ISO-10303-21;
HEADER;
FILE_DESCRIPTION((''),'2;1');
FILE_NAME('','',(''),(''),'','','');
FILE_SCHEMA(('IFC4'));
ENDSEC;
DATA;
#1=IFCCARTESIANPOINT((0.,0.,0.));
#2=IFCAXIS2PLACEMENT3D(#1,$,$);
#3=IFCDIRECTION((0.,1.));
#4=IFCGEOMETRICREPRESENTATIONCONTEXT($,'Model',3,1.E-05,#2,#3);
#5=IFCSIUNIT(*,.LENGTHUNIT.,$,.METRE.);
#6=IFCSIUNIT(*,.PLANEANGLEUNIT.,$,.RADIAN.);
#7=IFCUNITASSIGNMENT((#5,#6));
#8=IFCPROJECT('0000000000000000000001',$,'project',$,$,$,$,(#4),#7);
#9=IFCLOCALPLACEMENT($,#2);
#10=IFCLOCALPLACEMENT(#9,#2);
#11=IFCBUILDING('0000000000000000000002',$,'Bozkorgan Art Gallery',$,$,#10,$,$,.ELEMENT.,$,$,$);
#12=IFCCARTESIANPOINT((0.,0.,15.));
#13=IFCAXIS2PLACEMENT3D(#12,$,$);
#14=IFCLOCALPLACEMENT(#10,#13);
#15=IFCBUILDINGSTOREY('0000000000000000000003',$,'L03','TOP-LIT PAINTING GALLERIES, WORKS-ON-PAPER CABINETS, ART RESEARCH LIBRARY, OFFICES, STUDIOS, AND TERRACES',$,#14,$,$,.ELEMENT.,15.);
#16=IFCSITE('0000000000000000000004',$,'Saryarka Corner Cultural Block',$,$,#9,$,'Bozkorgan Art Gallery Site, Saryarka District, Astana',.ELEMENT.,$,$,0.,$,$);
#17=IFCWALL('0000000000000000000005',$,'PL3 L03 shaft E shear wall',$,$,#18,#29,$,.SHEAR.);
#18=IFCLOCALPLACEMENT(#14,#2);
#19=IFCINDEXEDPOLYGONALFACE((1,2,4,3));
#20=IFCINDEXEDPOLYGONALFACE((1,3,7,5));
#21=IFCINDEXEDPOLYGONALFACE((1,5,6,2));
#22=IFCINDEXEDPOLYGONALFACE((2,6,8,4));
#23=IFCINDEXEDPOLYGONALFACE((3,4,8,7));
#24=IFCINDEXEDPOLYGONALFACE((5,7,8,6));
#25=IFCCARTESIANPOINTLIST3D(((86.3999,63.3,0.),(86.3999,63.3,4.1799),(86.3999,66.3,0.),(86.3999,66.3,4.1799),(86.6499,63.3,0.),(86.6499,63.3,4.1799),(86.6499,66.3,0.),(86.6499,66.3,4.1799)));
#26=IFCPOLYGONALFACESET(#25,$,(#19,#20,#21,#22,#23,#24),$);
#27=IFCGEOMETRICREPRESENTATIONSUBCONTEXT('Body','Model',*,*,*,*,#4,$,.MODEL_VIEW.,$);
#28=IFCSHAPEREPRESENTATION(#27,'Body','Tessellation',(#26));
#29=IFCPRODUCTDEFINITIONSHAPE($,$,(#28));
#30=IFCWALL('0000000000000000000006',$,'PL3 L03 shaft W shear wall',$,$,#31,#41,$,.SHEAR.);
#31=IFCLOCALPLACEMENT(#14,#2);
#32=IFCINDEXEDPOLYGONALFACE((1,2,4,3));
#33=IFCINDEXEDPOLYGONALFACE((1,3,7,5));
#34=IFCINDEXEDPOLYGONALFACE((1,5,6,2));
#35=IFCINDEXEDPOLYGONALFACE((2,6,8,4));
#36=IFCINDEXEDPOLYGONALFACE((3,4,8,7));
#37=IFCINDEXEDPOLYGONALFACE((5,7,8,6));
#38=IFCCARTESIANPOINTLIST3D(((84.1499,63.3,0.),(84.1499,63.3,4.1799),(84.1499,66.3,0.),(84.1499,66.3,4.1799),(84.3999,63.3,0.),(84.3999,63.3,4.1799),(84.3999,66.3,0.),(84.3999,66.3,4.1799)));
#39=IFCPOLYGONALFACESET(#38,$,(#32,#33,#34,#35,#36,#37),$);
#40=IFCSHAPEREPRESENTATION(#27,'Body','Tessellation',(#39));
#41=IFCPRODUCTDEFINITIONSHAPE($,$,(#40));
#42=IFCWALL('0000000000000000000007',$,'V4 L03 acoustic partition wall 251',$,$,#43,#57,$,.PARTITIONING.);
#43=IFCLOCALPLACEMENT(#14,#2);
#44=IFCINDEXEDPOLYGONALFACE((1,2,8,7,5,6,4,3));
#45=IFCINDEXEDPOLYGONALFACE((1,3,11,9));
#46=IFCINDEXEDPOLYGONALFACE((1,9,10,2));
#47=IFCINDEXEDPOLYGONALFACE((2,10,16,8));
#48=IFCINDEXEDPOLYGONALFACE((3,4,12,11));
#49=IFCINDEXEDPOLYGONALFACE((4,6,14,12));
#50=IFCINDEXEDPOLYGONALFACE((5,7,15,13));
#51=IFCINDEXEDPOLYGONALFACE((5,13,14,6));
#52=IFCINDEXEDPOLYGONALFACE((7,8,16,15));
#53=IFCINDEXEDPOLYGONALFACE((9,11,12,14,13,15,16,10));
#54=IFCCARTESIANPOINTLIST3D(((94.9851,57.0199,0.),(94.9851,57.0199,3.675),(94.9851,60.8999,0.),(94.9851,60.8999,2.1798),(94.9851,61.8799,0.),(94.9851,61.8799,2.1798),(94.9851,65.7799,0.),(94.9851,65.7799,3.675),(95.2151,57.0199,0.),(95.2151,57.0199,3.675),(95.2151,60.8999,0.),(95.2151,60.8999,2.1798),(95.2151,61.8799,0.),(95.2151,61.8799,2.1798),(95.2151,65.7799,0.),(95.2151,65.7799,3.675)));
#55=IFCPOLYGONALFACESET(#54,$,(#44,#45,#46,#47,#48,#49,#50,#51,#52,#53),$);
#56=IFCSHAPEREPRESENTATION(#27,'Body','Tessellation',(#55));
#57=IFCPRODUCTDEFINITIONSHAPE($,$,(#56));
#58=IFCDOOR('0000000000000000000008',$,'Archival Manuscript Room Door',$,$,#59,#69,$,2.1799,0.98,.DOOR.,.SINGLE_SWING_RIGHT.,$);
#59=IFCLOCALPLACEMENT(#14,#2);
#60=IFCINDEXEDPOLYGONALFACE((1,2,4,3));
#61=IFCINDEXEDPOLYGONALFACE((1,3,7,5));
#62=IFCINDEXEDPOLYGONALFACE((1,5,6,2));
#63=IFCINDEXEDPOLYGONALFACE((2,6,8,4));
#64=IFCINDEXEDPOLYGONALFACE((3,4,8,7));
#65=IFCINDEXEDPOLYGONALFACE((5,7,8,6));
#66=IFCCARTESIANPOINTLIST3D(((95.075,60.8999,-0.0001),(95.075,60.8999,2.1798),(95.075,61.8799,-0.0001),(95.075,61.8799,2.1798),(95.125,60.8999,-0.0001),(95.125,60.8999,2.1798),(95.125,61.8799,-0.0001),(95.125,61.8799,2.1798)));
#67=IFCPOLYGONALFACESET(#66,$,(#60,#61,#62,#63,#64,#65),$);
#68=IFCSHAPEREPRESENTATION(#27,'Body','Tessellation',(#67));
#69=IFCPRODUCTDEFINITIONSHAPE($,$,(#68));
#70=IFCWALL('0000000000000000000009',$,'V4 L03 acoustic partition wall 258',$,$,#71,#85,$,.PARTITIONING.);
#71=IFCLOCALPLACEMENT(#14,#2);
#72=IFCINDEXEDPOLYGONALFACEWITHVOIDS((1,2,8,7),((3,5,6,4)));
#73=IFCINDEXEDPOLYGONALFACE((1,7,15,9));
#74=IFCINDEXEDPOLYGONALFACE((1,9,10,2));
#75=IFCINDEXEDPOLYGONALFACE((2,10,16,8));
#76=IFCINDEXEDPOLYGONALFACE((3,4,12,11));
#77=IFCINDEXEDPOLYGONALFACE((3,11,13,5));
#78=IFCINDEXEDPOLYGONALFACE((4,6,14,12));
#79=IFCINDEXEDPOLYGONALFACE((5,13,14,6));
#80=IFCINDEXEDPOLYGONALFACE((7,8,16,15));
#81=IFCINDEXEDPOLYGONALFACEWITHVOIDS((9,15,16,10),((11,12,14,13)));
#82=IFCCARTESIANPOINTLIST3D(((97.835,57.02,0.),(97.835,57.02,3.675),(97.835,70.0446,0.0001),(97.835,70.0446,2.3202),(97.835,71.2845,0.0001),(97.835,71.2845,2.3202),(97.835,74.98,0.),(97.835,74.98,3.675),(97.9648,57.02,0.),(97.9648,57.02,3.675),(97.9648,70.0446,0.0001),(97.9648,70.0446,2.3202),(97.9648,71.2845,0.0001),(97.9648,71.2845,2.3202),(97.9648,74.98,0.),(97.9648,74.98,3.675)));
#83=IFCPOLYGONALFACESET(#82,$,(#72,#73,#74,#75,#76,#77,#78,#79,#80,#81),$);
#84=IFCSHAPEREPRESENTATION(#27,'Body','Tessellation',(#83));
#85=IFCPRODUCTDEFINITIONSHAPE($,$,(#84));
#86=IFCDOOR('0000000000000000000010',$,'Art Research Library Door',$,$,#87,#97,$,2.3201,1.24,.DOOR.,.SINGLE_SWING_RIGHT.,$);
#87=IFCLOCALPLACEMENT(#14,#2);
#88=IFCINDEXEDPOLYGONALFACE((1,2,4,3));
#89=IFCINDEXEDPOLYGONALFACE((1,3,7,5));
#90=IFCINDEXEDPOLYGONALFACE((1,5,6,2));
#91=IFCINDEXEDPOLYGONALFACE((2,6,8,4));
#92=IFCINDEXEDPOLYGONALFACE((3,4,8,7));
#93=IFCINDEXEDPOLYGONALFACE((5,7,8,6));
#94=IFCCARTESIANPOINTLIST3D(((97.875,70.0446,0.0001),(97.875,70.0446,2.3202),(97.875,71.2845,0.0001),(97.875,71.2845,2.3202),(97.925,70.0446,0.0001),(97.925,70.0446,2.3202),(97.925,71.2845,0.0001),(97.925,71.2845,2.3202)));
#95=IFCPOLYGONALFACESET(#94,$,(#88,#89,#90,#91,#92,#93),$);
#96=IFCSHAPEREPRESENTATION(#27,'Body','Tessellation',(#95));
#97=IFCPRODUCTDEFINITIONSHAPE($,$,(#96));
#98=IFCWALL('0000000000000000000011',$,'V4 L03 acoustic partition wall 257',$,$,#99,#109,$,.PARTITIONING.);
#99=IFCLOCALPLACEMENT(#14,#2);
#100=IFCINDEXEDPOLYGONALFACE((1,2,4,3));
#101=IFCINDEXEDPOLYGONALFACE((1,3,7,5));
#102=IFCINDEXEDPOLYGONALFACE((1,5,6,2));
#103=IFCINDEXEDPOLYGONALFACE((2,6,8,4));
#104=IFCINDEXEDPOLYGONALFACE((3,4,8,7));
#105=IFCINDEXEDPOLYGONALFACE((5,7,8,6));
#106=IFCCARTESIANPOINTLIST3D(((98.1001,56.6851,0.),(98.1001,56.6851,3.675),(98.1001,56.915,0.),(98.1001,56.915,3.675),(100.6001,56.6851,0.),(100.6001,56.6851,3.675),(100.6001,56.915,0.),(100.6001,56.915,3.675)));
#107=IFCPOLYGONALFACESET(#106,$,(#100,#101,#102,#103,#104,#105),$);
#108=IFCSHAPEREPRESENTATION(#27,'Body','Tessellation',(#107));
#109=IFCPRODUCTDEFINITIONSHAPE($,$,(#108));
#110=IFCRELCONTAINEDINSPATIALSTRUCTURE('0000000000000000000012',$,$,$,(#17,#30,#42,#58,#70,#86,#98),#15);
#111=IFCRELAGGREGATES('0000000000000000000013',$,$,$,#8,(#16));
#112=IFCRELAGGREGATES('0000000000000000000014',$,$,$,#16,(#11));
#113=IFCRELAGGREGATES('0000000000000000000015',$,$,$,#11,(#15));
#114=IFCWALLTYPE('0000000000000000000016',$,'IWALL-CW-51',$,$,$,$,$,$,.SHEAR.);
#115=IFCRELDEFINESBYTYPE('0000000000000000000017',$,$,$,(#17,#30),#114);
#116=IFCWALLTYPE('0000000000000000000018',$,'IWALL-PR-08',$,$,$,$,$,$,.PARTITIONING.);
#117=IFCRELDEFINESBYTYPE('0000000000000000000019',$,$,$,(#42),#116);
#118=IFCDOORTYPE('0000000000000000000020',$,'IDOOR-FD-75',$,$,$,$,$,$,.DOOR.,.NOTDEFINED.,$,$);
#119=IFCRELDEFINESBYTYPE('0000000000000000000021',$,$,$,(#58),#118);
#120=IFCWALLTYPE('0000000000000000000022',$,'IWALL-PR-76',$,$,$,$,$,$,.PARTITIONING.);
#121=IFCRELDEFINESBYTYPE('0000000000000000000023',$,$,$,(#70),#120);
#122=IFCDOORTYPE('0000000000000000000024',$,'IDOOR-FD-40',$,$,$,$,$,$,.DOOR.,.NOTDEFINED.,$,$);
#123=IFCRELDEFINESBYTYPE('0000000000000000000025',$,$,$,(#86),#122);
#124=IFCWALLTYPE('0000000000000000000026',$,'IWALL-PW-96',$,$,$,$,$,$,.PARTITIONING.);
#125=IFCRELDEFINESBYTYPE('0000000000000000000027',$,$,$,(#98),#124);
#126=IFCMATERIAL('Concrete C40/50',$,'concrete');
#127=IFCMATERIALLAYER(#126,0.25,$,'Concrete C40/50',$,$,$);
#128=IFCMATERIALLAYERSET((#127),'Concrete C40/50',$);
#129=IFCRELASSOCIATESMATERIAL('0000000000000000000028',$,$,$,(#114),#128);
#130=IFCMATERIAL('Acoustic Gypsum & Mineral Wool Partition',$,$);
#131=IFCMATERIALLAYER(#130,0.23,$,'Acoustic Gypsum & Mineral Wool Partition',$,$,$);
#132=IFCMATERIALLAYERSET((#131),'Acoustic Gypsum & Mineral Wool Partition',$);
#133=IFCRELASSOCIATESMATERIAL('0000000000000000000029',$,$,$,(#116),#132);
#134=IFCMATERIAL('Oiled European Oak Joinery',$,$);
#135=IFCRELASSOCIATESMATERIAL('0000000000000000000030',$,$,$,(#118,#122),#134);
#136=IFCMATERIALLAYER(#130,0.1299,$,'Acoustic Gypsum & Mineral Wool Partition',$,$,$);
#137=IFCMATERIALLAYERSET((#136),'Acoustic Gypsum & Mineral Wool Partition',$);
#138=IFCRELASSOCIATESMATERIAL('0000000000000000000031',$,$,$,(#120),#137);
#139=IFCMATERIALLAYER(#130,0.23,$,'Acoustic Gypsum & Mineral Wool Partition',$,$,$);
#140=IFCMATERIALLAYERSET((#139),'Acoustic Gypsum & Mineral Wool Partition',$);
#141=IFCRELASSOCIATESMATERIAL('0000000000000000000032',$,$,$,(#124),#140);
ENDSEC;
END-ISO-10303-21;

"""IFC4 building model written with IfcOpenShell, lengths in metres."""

from ifc_helpers import new_model, si_unit, direction, frame, frame_2d, origin, place, context, subcontext, project, spatial, rectangle, extrude, material, layer, layer_set, type_object, element, fill, save


model = new_model("IFC4")

# Units and contexts
model_context = context("Model", 3, precision=1e-05, world=origin(), true_north=direction((0.0, 1.0)))
body_context = subcontext(model_context, "Body", "Model", "MODEL_VIEW")
ifc_project = project(units=[si_unit("LENGTHUNIT", "METRE"), si_unit("PLANEANGLEUNIT", "RADIAN")], contexts=[model_context])

# Site, building, storey
site_placement = place(None, origin())
site = spatial("IfcSite", under=ifc_project, at=site_placement, Name="Saryarka Corner Cultural Block", LongName="Bozkorgan Art Gallery Site, Saryarka District, Astana", CompositionType="ELEMENT", RefElevation=0.0)
building_placement = place(site_placement, origin())
building = spatial("IfcBuilding", under=site, at=building_placement, Name="Bozkorgan Art Gallery", CompositionType="ELEMENT")
storey_placement = place(building_placement, frame((0.0, 0.0, 15.0)))
storey = spatial("IfcBuildingStorey", under=building, at=storey_placement, Name="L03", Description="TOP-LIT PAINTING GALLERIES, WORKS-ON-PAPER CABINETS, ART RESEARCH LIBRARY, OFFICES, STUDIOS, AND TERRACES", CompositionType="ELEMENT", Elevation=15.0)

# Walls
ifc_material_1 = material(Name="Concrete C40/50", Category="concrete")
ifc_layer_1 = layer(ifc_material_1, 0.25, Name="Concrete C40/50")
ifc_layer_set_1 = layer_set([ifc_layer_1], Name="Concrete C40/50")
wall_type_1 = type_object("IfcWallType", Name="IWALL-CW-51", PredefinedType="SHEAR", material=ifc_layer_set_1)
for number, where, z_axis, x_axis, name in (
    (1, (86.5249, 63.3, 0.0), (0.0, 0.0, 1.0), (0.0, 1.0, 0.0), "PL3 L03 shaft E shear wall"),
    (2, (84.2749, 63.3, 0.0), (0.0, 0.0, 1.0), (0.0, 1.0, 0.0), "PL3 L03 shaft W shear wall"),
):
    element("IfcWall", number, at=place(storey_placement, frame(where, z_axis=z_axis, x_axis=x_axis)), inside=storey, type_object=wall_type_1, Name=name, PredefinedType="SHEAR", context=body_context, shape_type="SweptSolid", body=[
        extrude(rectangle(XDim=3.0, YDim=0.25, at=frame_2d((1.5, 0.0))), origin(), (0.0, 0.0, 1.0), 4.1799),
    ])

# Walls, openings, doors
ifc_material_2 = material(Name="Acoustic Gypsum & Mineral Wool Partition")
ifc_layer_2 = layer(ifc_material_2, 0.23, Name="Acoustic Gypsum & Mineral Wool Partition")
ifc_layer_set_2 = layer_set([ifc_layer_2], Name="Acoustic Gypsum & Mineral Wool Partition")
wall_type_2 = type_object("IfcWallType", Name="IWALL-PR-08", PredefinedType="PARTITIONING", material=ifc_layer_set_2)
wall_1_placement = place(storey_placement, frame((95.1001, 57.02, 0.0), z_axis=(0.0, 0.0, 1.0), x_axis=(0.0, 1.0, 0.0)))
wall_1 = element("IfcWall", 3, at=wall_1_placement, inside=storey, type_object=wall_type_2, Name="V4 L03 acoustic partition wall 251", PredefinedType="PARTITIONING", context=body_context, shape_type="SweptSolid", body=[
    extrude(rectangle(XDim=8.76, YDim=0.23, at=frame_2d((4.3799, 0.0))), origin(), (0.0, 0.0, 1.0), 3.675),
])
opening_1_placement = place(wall_1_placement, frame((4.8599, 0.0, 0.0), z_axis=(0.0, 0.0, 1.0), x_axis=(-1.0, 0.0, 0.0)))
opening_1 = element("IfcOpeningElement", 4, at=opening_1_placement, cuts=wall_1, PredefinedType="OPENING", context=body_context, shape_type="SweptSolid", body=[
    extrude(rectangle(XDim=0.98, YDim=2.1799, at=frame_2d((0.49, 1.0898))), frame((0.0, 0.125, 0.0), z_axis=(0.0, -1.0, 0.0), x_axis=(1.0, 0.0, 0.0)), (0.0, 0.0, 1.0), 0.25),
])
ifc_material_3 = material(Name="Oiled European Oak Joinery")
door_type_1 = type_object("IfcDoorType", Name="IDOOR-FD-75", OperationType="NOTDEFINED", PredefinedType="DOOR", material=ifc_material_3)
door_1_placement = place(opening_1_placement, origin())
door_1 = element("IfcDoor", 5, at=door_1_placement, inside=storey, type_object=door_type_1, Name="Archival Manuscript Room Door", OperationType="SINGLE_SWING_RIGHT", OverallHeight=2.1799, OverallWidth=0.98, PredefinedType="DOOR", context=body_context, shape_type="SweptSolid", body=[
    extrude(rectangle(XDim=0.98, YDim=2.1799, at=frame_2d((0.49, 1.0898))), frame((0.0, 0.0249, 0.0), z_axis=(0.0, -1.0, 0.0), x_axis=(1.0, 0.0, 0.0)), (0.0, 0.0, 1.0), 0.05),
])
fill(opening_1, door_1)
ifc_layer_3 = layer(ifc_material_2, 0.1299, Name="Acoustic Gypsum & Mineral Wool Partition")
ifc_layer_set_3 = layer_set([ifc_layer_3], Name="Acoustic Gypsum & Mineral Wool Partition")
wall_type_3 = type_object("IfcWallType", Name="IWALL-PR-76", PredefinedType="PARTITIONING", material=ifc_layer_set_3)
wall_2_placement = place(storey_placement, frame((97.8999, 57.02, 0.0), z_axis=(0.0, 0.0, 1.0), x_axis=(0.0, 1.0, 0.0)))
wall_2 = element("IfcWall", 6, at=wall_2_placement, inside=storey, type_object=wall_type_3, Name="V4 L03 acoustic partition wall 258", PredefinedType="PARTITIONING", context=body_context, shape_type="SweptSolid", body=[
    extrude(rectangle(XDim=17.96, YDim=0.1299, at=frame_2d((8.98, 0.0))), origin(), (0.0, 0.0, 1.0), 3.675),
])
opening_2_placement = place(wall_2_placement, frame((13.0244, 0.0, 0.0)))
opening_2 = element("IfcOpeningElement", 7, at=opening_2_placement, cuts=wall_2, PredefinedType="OPENING", context=body_context, shape_type="SweptSolid", body=[
    extrude(rectangle(XDim=1.24, YDim=2.3201, at=frame_2d((0.6201, 1.1602))), frame((0.0, 0.075, 0.0), z_axis=(0.0, -1.0, 0.0), x_axis=(1.0, 0.0, 0.0)), (0.0, 0.0, 1.0), 0.1499),
])
door_type_2 = type_object("IfcDoorType", Name="IDOOR-FD-40", OperationType="NOTDEFINED", PredefinedType="DOOR", material=ifc_material_3)
door_2_placement = place(opening_2_placement, origin())
door_2 = element("IfcDoor", 8, at=door_2_placement, inside=storey, type_object=door_type_2, Name="Art Research Library Door", OperationType="SINGLE_SWING_RIGHT", OverallHeight=2.3201, OverallWidth=1.24, PredefinedType="DOOR", context=body_context, shape_type="SweptSolid", body=[
    extrude(rectangle(XDim=1.24, YDim=2.3201, at=frame_2d((0.6201, 1.1602))), frame((0.0, 0.0249, 0.0), z_axis=(0.0, -1.0, 0.0), x_axis=(1.0, 0.0, 0.0)), (0.0, 0.0, 1.0), 0.05),
])
fill(opening_2, door_2)

# Wall
ifc_layer_4 = layer(ifc_material_2, 0.23, Name="Acoustic Gypsum & Mineral Wool Partition")
ifc_layer_set_4 = layer_set([ifc_layer_4], Name="Acoustic Gypsum & Mineral Wool Partition")
wall_type_4 = type_object("IfcWallType", Name="IWALL-PW-96", PredefinedType="PARTITIONING", material=ifc_layer_set_4)
wall_3_placement = place(storey_placement, frame((98.1001, 56.8, 0.0), z_axis=(0.0, 0.0, 1.0), x_axis=(1.0, 0.0, 0.0)))
element("IfcWall", 9, at=wall_3_placement, inside=storey, type_object=wall_type_4, Name="V4 L03 acoustic partition wall 257", PredefinedType="PARTITIONING", context=body_context, shape_type="SweptSolid", body=[
    extrude(rectangle(XDim=2.5, YDim=0.23, at=frame_2d((1.25, 0.0))), origin(), (0.0, 0.0, 1.0), 3.675),
])

save(model, "model.ifc")
